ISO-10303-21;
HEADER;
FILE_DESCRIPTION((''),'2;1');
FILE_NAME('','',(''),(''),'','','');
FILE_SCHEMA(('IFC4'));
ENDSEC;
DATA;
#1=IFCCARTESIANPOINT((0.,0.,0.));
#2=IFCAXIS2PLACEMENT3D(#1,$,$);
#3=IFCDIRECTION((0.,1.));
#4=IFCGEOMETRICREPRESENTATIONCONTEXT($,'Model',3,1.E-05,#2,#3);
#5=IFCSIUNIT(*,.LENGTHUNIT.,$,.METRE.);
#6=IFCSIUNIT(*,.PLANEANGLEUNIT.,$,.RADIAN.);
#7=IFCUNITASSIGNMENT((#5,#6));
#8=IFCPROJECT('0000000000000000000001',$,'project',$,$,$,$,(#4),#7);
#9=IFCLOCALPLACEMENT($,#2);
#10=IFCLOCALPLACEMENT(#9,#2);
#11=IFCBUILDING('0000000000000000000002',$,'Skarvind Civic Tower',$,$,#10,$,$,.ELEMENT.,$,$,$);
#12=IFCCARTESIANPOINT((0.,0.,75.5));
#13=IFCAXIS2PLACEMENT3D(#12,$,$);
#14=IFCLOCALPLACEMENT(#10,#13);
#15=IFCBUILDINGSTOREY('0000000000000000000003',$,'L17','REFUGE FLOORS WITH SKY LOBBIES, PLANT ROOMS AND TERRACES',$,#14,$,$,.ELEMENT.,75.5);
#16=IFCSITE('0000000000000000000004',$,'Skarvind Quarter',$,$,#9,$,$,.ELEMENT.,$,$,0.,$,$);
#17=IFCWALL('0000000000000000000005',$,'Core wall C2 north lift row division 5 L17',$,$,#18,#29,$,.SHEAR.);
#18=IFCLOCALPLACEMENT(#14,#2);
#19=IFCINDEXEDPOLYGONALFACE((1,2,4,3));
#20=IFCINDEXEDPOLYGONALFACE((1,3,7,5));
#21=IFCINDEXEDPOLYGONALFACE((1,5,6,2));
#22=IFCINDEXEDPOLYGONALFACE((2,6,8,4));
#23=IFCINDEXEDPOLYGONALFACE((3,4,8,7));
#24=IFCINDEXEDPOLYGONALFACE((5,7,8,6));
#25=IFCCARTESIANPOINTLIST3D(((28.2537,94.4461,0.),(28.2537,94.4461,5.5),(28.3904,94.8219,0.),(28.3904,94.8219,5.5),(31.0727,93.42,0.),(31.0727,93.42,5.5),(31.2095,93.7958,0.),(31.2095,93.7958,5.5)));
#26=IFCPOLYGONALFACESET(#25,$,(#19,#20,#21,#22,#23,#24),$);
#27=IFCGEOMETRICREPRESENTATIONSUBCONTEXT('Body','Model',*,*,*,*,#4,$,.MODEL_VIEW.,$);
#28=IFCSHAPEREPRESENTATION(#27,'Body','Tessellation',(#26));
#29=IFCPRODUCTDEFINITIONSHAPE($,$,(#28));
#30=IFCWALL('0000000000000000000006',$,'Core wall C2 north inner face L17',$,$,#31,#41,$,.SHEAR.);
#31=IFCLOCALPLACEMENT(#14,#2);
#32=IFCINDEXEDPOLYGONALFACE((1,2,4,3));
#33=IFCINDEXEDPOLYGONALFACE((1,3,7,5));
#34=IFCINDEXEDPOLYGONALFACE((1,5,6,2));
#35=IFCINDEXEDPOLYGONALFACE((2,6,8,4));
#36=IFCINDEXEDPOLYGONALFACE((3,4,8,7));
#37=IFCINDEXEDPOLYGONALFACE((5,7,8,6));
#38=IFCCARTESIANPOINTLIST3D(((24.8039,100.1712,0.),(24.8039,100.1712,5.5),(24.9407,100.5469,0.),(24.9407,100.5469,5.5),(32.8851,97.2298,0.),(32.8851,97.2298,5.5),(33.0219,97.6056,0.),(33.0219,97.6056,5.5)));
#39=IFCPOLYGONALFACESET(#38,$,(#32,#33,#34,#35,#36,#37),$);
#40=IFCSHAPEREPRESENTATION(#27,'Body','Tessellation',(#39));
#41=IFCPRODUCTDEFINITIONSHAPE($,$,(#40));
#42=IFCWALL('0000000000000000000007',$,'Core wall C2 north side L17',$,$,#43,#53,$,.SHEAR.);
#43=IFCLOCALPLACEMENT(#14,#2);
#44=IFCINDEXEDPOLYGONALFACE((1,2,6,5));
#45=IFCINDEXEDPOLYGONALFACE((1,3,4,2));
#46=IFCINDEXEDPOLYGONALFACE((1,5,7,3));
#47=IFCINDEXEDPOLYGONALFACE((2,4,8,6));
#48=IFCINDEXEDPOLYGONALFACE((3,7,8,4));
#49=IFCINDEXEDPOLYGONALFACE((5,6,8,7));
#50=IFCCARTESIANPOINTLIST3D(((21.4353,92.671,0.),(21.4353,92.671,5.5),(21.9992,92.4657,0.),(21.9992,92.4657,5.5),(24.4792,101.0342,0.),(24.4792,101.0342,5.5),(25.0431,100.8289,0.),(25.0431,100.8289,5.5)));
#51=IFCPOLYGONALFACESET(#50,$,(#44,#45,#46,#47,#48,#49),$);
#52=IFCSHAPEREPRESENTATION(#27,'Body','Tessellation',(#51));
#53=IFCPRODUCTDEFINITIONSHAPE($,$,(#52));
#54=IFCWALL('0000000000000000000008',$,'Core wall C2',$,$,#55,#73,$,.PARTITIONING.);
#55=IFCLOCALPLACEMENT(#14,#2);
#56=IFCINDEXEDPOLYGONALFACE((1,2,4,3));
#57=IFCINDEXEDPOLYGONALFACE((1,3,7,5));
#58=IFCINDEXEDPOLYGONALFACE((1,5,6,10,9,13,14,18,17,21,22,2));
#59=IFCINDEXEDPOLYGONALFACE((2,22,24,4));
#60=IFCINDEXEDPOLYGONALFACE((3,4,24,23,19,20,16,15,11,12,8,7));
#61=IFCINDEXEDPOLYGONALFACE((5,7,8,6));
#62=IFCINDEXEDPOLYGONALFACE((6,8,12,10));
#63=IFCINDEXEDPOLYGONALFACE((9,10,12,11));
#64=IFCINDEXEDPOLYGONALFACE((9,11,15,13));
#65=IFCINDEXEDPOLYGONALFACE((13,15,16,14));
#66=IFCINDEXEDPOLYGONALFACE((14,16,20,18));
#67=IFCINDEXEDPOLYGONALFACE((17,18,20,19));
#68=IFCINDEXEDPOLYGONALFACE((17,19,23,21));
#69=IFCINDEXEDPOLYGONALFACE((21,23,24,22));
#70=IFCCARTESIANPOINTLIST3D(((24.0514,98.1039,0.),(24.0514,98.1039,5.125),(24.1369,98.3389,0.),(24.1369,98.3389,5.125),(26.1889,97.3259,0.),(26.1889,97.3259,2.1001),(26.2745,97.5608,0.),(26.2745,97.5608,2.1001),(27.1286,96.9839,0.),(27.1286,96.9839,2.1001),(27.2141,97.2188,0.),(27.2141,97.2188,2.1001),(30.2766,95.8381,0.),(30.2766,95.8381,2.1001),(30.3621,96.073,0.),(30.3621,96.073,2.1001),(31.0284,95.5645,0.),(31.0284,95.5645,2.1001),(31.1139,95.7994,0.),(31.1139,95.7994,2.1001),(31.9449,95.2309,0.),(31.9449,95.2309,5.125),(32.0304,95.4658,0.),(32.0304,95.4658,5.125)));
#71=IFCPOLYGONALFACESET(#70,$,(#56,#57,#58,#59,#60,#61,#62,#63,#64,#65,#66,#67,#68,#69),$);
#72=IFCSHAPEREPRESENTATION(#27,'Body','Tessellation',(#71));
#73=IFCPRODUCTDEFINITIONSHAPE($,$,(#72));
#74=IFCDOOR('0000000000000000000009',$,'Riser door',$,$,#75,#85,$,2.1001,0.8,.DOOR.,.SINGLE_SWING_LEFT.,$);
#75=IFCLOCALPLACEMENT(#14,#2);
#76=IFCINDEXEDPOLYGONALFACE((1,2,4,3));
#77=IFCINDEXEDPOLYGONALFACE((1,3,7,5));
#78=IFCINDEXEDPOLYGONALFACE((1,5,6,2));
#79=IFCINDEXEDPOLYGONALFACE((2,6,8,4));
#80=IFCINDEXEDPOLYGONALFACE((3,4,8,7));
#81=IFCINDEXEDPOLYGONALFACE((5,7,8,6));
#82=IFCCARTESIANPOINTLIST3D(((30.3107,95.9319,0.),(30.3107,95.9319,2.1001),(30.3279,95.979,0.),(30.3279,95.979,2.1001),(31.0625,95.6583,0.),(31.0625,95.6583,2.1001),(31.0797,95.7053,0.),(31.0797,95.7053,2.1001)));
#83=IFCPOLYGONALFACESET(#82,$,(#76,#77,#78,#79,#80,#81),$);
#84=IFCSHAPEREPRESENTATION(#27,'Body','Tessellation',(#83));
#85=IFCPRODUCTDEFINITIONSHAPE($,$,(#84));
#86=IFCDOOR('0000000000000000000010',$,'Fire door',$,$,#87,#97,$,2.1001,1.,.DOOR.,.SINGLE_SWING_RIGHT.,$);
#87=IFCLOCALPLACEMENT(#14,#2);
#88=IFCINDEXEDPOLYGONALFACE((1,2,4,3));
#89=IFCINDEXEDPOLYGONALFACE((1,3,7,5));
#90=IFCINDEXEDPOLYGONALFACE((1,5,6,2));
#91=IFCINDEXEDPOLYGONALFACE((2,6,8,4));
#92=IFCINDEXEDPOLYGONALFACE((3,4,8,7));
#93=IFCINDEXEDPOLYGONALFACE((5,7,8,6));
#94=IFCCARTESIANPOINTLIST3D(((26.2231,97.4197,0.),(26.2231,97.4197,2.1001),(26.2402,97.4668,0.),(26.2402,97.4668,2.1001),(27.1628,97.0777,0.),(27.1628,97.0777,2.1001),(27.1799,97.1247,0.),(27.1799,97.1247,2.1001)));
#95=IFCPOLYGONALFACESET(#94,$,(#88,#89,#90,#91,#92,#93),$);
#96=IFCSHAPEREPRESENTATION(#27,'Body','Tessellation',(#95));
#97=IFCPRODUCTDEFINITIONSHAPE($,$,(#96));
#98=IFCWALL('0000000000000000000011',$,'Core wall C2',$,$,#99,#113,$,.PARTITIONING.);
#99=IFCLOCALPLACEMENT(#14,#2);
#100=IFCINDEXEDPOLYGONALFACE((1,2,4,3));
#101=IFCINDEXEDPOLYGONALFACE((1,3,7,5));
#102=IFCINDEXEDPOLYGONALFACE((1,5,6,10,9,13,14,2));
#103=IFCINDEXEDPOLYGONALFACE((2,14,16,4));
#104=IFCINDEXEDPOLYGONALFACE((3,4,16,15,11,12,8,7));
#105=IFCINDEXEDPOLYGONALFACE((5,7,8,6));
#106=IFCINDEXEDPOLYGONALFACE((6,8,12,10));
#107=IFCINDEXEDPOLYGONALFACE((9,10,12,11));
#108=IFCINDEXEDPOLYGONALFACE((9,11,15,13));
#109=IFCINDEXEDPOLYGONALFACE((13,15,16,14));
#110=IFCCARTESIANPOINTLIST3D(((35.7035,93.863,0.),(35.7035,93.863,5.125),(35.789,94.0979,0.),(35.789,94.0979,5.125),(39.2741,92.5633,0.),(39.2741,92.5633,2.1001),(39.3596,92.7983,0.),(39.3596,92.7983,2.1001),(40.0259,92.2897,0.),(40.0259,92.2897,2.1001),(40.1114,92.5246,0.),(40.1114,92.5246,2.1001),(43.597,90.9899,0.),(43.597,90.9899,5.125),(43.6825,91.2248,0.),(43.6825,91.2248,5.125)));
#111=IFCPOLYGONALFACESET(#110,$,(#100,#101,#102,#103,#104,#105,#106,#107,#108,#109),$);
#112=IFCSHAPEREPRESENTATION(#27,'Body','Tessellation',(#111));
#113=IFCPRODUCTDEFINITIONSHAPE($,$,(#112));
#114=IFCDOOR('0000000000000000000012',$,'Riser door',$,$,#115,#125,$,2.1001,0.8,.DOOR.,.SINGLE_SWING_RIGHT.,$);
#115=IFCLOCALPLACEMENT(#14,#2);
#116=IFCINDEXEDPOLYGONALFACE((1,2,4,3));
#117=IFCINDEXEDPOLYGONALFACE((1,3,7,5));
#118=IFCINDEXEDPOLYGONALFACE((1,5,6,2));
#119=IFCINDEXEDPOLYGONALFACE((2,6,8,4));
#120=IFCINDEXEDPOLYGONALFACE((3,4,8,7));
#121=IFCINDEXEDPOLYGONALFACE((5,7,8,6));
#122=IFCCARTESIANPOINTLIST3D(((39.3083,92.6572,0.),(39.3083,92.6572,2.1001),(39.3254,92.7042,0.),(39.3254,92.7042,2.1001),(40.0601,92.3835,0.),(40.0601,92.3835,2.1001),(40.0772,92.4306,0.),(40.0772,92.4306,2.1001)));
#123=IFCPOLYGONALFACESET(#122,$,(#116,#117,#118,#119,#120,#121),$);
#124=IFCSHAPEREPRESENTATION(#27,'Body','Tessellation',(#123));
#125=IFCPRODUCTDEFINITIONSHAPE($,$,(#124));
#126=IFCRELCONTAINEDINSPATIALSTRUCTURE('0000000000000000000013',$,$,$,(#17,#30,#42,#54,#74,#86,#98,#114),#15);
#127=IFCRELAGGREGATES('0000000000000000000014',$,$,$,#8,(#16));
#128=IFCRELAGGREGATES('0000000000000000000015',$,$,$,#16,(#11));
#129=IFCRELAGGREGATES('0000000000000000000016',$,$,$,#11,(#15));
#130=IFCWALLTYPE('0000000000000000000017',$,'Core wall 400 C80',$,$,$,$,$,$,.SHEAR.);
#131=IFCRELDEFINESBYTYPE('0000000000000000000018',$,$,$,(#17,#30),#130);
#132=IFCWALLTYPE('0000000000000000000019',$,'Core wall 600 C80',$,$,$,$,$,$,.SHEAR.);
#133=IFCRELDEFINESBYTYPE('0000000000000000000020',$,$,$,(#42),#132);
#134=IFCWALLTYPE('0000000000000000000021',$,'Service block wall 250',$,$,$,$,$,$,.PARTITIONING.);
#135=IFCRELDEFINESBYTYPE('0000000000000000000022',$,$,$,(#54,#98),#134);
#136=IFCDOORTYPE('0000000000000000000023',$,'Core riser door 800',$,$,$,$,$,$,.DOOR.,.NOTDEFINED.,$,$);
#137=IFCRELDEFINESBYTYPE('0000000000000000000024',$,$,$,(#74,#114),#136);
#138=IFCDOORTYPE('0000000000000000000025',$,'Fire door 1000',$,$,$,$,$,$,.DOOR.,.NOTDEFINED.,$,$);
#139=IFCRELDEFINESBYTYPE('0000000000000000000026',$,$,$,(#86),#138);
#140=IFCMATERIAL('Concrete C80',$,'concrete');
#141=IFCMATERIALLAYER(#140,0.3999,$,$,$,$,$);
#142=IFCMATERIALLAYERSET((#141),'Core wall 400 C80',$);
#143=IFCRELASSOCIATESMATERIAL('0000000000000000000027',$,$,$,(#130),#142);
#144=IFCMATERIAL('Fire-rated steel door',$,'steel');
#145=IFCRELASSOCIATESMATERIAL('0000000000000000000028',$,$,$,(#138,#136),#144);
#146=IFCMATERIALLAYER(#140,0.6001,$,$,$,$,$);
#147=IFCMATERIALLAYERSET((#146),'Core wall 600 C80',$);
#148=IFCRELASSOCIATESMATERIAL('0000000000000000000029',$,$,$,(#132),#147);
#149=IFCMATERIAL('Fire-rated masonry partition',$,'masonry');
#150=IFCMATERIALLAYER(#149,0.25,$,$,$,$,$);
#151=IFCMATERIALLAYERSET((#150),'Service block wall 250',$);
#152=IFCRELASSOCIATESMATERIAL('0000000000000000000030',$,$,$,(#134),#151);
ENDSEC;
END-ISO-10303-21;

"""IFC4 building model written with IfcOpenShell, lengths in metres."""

from ifc_helpers import new_model, si_unit, direction, frame, frame_2d, origin, place, context, subcontext, project, spatial, rectangle, extrude, material, layer, layer_set, type_object, element, fill, save


model = new_model("IFC4")

# Units and contexts
model_context = context("Model", 3, precision=1e-05, world=origin(), true_north=direction((0.0, 1.0)))
body_context = subcontext(model_context, "Body", "Model", "MODEL_VIEW")
ifc_project = project(units=[si_unit("LENGTHUNIT", "METRE"), si_unit("PLANEANGLEUNIT", "RADIAN")], contexts=[model_context])

# Site, building, storey
site_placement = place(None, origin())
site = spatial("IfcSite", under=ifc_project, at=site_placement, Name="Skarvind Quarter", CompositionType="ELEMENT", RefElevation=0.0)
building_placement = place(site_placement, origin())
building = spatial("IfcBuilding", under=site, at=building_placement, Name="Skarvind Civic Tower", CompositionType="ELEMENT")
storey_placement = place(building_placement, frame((0.0, 0.0, 75.5)))
storey = spatial("IfcBuildingStorey", under=building, at=storey_placement, Name="L17", Description="REFUGE FLOORS WITH SKY LOBBIES, PLANT ROOMS AND TERRACES", CompositionType="ELEMENT", Elevation=75.5)

# Shared definitions
ifc_material_1 = material(Name="Fire-rated masonry partition", Category="masonry")
ifc_material_2 = material(Name="Fire-rated steel door", Category="steel")

# Shared definitions
ifc_material_3 = material(Name="Concrete C80", Category="concrete")
ifc_layer_1 = layer(ifc_material_3, 0.3999)
ifc_layer_set_1 = layer_set([ifc_layer_1], Name="Core wall 400 C80")
wall_type_1 = type_object("IfcWallType", Name="Core wall 400 C80", PredefinedType="SHEAR", material=ifc_layer_set_1)
door_type_1 = type_object("IfcDoorType", Name="Fire door 1000", OperationType="NOTDEFINED", PredefinedType="DOOR", material=ifc_material_2)

# Walls
for number, where, z_axis, x_axis, name in (
    (1, (31.1411, 93.6079, 0.0), (0.0, 0.0, 1.0), (-0.939686, 0.342037, 0.0), "Core wall C2 north lift row division 5 L17"),
):
    element("IfcWall", number, at=place(storey_placement, frame(where, z_axis=z_axis, x_axis=x_axis)), inside=storey, type_object=wall_type_1, Name=name, PredefinedType="SHEAR", context=body_context, shape_type="SweptSolid", body=[
        extrude(rectangle(XDim=3.0, YDim=0.3999, at=frame_2d((1.5, 0.0))), origin(), (0.0, 0.0, 1.0), 5.5),
    ])
wall_1_placement = place(storey_placement, frame((32.9534, 97.4177, 0.0), z_axis=(0.0, 0.0, 1.0), x_axis=(-0.939691, 0.342026, 0.0)))
element("IfcWall", 2, at=wall_1_placement, inside=storey, type_object=wall_type_1, Name="Core wall C2 north inner face L17", PredefinedType="SHEAR", context=body_context, shape_type="SweptSolid", body=[
    extrude(rectangle(XDim=8.5999, YDim=0.3999, at=frame_2d((4.2998, 0.0))), origin(), (0.0, 0.0, 1.0), 5.5),
])
ifc_layer_2 = layer(ifc_material_3, 0.6001)
ifc_layer_set_2 = layer_set([ifc_layer_2], Name="Core wall 600 C80")
wall_type_2 = type_object("IfcWallType", Name="Core wall 600 C80", PredefinedType="SHEAR", material=ifc_layer_set_2)
wall_2_placement = place(storey_placement, frame((21.7173, 92.5684, 0.0), z_axis=(0.0, 0.0, 1.0), x_axis=(0.342016, 0.939694, 0.0)))
element("IfcWall", 3, at=wall_2_placement, inside=storey, type_object=wall_type_2, Name="Core wall C2 north side L17", PredefinedType="SHEAR", context=body_context, shape_type="SweptSolid", body=[
    extrude(rectangle(XDim=8.8999, YDim=0.6001, at=frame_2d((4.45, 0.0))), origin(), (0.0, 0.0, 1.0), 5.5),
])

# Wall, openings, doors
ifc_layer_3 = layer(ifc_material_1, 0.25)
ifc_layer_set_3 = layer_set([ifc_layer_3], Name="Service block wall 250")
wall_type_3 = type_object("IfcWallType", Name="Service block wall 250", PredefinedType="PARTITIONING", material=ifc_layer_set_3)
wall_3_placement = place(storey_placement, frame((24.094, 98.2214, 0.0), z_axis=(0.0, 0.0, 1.0), x_axis=(0.939692, -0.342023, 0.0)))
wall_3 = element("IfcWall", 4, at=wall_3_placement, inside=storey, type_object=wall_type_3, Name="Core wall C2", PredefinedType="PARTITIONING", context=body_context, shape_type="SweptSolid", body=[
    extrude(rectangle(XDim=8.4001, YDim=0.25, at=frame_2d((4.2002, 0.0))), origin(), (0.0, 0.0, 1.0), 5.125),
])
opening_1_placement = place(wall_3_placement, frame((6.625, 0.0, 0.0)))
opening_1 = element("IfcOpeningElement", 5, at=opening_1_placement, cuts=wall_3, PredefinedType="OPENING", context=body_context, shape_type="SweptSolid", body=[
    extrude(rectangle(XDim=0.8, YDim=2.1001, at=frame_2d((0.3999, 1.05))), frame((0.0, 0.135, 0.0), z_axis=(0.0, -1.0, 0.0), x_axis=(1.0, 0.0, 0.0)), (0.0, 0.0, 1.0), 0.27),
])
opening_2_placement = place(wall_3_placement, frame((2.2749, 0.0, 0.0)))
opening_2 = element("IfcOpeningElement", 6, at=opening_2_placement, cuts=wall_3, PredefinedType="OPENING", context=body_context, shape_type="SweptSolid", body=[
    extrude(rectangle(XDim=1.0, YDim=2.1001, at=frame_2d((0.5, 1.05))), frame((0.0, 0.135, 0.0), z_axis=(0.0, -1.0, 0.0), x_axis=(1.0, 0.0, 0.0)), (0.0, 0.0, 1.0), 0.27),
])
door_type_2 = type_object("IfcDoorType", Name="Core riser door 800", OperationType="NOTDEFINED", PredefinedType="DOOR", material=ifc_material_2)
door_1_placement = place(opening_1_placement, origin())
door_1 = element("IfcDoor", 7, at=door_1_placement, inside=storey, type_object=door_type_2, Name="Riser door", OperationType="SINGLE_SWING_LEFT", OverallHeight=2.1001, OverallWidth=0.8, PredefinedType="DOOR", context=body_context, shape_type="SweptSolid", body=[
    extrude(rectangle(XDim=0.8, YDim=2.1001, at=frame_2d((0.3999, 1.05))), frame((0.0, 0.0249, 0.0), z_axis=(0.0, -1.0, 0.0), x_axis=(1.0, 0.0, 0.0)), (0.0, 0.0, 1.0), 0.05),
])
fill(opening_1, door_1)
door_2_placement = place(opening_2_placement, origin())
door_2 = element("IfcDoor", 8, at=door_2_placement, inside=storey, type_object=door_type_1, Name="Fire door", OperationType="SINGLE_SWING_RIGHT", OverallHeight=2.1001, OverallWidth=1.0, PredefinedType="DOOR", context=body_context, shape_type="SweptSolid", body=[
    extrude(rectangle(XDim=1.0, YDim=2.1001, at=frame_2d((0.5, 1.05))), frame((0.0, 0.0249, 0.0), z_axis=(0.0, -1.0, 0.0), x_axis=(1.0, 0.0, 0.0)), (0.0, 0.0, 1.0), 0.05),
])
fill(opening_2, door_2)

# Wall, opening, door
wall_4_placement = place(storey_placement, frame((35.7461, 93.9805, 0.0), z_axis=(0.0, 0.0, 1.0), x_axis=(0.939692, -0.342023, 0.0)))
wall_4 = element("IfcWall", 9, at=wall_4_placement, inside=storey, type_object=wall_type_3, Name="Core wall C2", PredefinedType="PARTITIONING", context=body_context, shape_type="SweptSolid", body=[
    extrude(rectangle(XDim=8.4001, YDim=0.25, at=frame_2d((4.2002, 0.0))), origin(), (0.0, 0.0, 1.0), 5.125),
])
opening_3_placement = place(wall_4_placement, frame((3.8, 0.0, 0.0)))
opening_3 = element("IfcOpeningElement", 10, at=opening_3_placement, cuts=wall_4, PredefinedType="OPENING", context=body_context, shape_type="SweptSolid", body=[
    extrude(rectangle(XDim=0.8, YDim=2.1001, at=frame_2d((0.3999, 1.05))), frame((0.0, 0.135, 0.0), z_axis=(0.0, -1.0, 0.0), x_axis=(1.0, 0.0, 0.0)), (0.0, 0.0, 1.0), 0.27),
])
door_3_placement = place(opening_3_placement, origin())
door_3 = element("IfcDoor", 11, at=door_3_placement, inside=storey, type_object=door_type_2, Name="Riser door", OperationType="SINGLE_SWING_RIGHT", OverallHeight=2.1001, OverallWidth=0.8, PredefinedType="DOOR", context=body_context, shape_type="SweptSolid", body=[
    extrude(rectangle(XDim=0.8, YDim=2.1001, at=frame_2d((0.3999, 1.05))), frame((0.0, 0.0249, 0.0), z_axis=(0.0, -1.0, 0.0), x_axis=(1.0, 0.0, 0.0)), (0.0, 0.0, 1.0), 0.05),
])
fill(opening_3, door_3)

save(model, "model.ifc")
